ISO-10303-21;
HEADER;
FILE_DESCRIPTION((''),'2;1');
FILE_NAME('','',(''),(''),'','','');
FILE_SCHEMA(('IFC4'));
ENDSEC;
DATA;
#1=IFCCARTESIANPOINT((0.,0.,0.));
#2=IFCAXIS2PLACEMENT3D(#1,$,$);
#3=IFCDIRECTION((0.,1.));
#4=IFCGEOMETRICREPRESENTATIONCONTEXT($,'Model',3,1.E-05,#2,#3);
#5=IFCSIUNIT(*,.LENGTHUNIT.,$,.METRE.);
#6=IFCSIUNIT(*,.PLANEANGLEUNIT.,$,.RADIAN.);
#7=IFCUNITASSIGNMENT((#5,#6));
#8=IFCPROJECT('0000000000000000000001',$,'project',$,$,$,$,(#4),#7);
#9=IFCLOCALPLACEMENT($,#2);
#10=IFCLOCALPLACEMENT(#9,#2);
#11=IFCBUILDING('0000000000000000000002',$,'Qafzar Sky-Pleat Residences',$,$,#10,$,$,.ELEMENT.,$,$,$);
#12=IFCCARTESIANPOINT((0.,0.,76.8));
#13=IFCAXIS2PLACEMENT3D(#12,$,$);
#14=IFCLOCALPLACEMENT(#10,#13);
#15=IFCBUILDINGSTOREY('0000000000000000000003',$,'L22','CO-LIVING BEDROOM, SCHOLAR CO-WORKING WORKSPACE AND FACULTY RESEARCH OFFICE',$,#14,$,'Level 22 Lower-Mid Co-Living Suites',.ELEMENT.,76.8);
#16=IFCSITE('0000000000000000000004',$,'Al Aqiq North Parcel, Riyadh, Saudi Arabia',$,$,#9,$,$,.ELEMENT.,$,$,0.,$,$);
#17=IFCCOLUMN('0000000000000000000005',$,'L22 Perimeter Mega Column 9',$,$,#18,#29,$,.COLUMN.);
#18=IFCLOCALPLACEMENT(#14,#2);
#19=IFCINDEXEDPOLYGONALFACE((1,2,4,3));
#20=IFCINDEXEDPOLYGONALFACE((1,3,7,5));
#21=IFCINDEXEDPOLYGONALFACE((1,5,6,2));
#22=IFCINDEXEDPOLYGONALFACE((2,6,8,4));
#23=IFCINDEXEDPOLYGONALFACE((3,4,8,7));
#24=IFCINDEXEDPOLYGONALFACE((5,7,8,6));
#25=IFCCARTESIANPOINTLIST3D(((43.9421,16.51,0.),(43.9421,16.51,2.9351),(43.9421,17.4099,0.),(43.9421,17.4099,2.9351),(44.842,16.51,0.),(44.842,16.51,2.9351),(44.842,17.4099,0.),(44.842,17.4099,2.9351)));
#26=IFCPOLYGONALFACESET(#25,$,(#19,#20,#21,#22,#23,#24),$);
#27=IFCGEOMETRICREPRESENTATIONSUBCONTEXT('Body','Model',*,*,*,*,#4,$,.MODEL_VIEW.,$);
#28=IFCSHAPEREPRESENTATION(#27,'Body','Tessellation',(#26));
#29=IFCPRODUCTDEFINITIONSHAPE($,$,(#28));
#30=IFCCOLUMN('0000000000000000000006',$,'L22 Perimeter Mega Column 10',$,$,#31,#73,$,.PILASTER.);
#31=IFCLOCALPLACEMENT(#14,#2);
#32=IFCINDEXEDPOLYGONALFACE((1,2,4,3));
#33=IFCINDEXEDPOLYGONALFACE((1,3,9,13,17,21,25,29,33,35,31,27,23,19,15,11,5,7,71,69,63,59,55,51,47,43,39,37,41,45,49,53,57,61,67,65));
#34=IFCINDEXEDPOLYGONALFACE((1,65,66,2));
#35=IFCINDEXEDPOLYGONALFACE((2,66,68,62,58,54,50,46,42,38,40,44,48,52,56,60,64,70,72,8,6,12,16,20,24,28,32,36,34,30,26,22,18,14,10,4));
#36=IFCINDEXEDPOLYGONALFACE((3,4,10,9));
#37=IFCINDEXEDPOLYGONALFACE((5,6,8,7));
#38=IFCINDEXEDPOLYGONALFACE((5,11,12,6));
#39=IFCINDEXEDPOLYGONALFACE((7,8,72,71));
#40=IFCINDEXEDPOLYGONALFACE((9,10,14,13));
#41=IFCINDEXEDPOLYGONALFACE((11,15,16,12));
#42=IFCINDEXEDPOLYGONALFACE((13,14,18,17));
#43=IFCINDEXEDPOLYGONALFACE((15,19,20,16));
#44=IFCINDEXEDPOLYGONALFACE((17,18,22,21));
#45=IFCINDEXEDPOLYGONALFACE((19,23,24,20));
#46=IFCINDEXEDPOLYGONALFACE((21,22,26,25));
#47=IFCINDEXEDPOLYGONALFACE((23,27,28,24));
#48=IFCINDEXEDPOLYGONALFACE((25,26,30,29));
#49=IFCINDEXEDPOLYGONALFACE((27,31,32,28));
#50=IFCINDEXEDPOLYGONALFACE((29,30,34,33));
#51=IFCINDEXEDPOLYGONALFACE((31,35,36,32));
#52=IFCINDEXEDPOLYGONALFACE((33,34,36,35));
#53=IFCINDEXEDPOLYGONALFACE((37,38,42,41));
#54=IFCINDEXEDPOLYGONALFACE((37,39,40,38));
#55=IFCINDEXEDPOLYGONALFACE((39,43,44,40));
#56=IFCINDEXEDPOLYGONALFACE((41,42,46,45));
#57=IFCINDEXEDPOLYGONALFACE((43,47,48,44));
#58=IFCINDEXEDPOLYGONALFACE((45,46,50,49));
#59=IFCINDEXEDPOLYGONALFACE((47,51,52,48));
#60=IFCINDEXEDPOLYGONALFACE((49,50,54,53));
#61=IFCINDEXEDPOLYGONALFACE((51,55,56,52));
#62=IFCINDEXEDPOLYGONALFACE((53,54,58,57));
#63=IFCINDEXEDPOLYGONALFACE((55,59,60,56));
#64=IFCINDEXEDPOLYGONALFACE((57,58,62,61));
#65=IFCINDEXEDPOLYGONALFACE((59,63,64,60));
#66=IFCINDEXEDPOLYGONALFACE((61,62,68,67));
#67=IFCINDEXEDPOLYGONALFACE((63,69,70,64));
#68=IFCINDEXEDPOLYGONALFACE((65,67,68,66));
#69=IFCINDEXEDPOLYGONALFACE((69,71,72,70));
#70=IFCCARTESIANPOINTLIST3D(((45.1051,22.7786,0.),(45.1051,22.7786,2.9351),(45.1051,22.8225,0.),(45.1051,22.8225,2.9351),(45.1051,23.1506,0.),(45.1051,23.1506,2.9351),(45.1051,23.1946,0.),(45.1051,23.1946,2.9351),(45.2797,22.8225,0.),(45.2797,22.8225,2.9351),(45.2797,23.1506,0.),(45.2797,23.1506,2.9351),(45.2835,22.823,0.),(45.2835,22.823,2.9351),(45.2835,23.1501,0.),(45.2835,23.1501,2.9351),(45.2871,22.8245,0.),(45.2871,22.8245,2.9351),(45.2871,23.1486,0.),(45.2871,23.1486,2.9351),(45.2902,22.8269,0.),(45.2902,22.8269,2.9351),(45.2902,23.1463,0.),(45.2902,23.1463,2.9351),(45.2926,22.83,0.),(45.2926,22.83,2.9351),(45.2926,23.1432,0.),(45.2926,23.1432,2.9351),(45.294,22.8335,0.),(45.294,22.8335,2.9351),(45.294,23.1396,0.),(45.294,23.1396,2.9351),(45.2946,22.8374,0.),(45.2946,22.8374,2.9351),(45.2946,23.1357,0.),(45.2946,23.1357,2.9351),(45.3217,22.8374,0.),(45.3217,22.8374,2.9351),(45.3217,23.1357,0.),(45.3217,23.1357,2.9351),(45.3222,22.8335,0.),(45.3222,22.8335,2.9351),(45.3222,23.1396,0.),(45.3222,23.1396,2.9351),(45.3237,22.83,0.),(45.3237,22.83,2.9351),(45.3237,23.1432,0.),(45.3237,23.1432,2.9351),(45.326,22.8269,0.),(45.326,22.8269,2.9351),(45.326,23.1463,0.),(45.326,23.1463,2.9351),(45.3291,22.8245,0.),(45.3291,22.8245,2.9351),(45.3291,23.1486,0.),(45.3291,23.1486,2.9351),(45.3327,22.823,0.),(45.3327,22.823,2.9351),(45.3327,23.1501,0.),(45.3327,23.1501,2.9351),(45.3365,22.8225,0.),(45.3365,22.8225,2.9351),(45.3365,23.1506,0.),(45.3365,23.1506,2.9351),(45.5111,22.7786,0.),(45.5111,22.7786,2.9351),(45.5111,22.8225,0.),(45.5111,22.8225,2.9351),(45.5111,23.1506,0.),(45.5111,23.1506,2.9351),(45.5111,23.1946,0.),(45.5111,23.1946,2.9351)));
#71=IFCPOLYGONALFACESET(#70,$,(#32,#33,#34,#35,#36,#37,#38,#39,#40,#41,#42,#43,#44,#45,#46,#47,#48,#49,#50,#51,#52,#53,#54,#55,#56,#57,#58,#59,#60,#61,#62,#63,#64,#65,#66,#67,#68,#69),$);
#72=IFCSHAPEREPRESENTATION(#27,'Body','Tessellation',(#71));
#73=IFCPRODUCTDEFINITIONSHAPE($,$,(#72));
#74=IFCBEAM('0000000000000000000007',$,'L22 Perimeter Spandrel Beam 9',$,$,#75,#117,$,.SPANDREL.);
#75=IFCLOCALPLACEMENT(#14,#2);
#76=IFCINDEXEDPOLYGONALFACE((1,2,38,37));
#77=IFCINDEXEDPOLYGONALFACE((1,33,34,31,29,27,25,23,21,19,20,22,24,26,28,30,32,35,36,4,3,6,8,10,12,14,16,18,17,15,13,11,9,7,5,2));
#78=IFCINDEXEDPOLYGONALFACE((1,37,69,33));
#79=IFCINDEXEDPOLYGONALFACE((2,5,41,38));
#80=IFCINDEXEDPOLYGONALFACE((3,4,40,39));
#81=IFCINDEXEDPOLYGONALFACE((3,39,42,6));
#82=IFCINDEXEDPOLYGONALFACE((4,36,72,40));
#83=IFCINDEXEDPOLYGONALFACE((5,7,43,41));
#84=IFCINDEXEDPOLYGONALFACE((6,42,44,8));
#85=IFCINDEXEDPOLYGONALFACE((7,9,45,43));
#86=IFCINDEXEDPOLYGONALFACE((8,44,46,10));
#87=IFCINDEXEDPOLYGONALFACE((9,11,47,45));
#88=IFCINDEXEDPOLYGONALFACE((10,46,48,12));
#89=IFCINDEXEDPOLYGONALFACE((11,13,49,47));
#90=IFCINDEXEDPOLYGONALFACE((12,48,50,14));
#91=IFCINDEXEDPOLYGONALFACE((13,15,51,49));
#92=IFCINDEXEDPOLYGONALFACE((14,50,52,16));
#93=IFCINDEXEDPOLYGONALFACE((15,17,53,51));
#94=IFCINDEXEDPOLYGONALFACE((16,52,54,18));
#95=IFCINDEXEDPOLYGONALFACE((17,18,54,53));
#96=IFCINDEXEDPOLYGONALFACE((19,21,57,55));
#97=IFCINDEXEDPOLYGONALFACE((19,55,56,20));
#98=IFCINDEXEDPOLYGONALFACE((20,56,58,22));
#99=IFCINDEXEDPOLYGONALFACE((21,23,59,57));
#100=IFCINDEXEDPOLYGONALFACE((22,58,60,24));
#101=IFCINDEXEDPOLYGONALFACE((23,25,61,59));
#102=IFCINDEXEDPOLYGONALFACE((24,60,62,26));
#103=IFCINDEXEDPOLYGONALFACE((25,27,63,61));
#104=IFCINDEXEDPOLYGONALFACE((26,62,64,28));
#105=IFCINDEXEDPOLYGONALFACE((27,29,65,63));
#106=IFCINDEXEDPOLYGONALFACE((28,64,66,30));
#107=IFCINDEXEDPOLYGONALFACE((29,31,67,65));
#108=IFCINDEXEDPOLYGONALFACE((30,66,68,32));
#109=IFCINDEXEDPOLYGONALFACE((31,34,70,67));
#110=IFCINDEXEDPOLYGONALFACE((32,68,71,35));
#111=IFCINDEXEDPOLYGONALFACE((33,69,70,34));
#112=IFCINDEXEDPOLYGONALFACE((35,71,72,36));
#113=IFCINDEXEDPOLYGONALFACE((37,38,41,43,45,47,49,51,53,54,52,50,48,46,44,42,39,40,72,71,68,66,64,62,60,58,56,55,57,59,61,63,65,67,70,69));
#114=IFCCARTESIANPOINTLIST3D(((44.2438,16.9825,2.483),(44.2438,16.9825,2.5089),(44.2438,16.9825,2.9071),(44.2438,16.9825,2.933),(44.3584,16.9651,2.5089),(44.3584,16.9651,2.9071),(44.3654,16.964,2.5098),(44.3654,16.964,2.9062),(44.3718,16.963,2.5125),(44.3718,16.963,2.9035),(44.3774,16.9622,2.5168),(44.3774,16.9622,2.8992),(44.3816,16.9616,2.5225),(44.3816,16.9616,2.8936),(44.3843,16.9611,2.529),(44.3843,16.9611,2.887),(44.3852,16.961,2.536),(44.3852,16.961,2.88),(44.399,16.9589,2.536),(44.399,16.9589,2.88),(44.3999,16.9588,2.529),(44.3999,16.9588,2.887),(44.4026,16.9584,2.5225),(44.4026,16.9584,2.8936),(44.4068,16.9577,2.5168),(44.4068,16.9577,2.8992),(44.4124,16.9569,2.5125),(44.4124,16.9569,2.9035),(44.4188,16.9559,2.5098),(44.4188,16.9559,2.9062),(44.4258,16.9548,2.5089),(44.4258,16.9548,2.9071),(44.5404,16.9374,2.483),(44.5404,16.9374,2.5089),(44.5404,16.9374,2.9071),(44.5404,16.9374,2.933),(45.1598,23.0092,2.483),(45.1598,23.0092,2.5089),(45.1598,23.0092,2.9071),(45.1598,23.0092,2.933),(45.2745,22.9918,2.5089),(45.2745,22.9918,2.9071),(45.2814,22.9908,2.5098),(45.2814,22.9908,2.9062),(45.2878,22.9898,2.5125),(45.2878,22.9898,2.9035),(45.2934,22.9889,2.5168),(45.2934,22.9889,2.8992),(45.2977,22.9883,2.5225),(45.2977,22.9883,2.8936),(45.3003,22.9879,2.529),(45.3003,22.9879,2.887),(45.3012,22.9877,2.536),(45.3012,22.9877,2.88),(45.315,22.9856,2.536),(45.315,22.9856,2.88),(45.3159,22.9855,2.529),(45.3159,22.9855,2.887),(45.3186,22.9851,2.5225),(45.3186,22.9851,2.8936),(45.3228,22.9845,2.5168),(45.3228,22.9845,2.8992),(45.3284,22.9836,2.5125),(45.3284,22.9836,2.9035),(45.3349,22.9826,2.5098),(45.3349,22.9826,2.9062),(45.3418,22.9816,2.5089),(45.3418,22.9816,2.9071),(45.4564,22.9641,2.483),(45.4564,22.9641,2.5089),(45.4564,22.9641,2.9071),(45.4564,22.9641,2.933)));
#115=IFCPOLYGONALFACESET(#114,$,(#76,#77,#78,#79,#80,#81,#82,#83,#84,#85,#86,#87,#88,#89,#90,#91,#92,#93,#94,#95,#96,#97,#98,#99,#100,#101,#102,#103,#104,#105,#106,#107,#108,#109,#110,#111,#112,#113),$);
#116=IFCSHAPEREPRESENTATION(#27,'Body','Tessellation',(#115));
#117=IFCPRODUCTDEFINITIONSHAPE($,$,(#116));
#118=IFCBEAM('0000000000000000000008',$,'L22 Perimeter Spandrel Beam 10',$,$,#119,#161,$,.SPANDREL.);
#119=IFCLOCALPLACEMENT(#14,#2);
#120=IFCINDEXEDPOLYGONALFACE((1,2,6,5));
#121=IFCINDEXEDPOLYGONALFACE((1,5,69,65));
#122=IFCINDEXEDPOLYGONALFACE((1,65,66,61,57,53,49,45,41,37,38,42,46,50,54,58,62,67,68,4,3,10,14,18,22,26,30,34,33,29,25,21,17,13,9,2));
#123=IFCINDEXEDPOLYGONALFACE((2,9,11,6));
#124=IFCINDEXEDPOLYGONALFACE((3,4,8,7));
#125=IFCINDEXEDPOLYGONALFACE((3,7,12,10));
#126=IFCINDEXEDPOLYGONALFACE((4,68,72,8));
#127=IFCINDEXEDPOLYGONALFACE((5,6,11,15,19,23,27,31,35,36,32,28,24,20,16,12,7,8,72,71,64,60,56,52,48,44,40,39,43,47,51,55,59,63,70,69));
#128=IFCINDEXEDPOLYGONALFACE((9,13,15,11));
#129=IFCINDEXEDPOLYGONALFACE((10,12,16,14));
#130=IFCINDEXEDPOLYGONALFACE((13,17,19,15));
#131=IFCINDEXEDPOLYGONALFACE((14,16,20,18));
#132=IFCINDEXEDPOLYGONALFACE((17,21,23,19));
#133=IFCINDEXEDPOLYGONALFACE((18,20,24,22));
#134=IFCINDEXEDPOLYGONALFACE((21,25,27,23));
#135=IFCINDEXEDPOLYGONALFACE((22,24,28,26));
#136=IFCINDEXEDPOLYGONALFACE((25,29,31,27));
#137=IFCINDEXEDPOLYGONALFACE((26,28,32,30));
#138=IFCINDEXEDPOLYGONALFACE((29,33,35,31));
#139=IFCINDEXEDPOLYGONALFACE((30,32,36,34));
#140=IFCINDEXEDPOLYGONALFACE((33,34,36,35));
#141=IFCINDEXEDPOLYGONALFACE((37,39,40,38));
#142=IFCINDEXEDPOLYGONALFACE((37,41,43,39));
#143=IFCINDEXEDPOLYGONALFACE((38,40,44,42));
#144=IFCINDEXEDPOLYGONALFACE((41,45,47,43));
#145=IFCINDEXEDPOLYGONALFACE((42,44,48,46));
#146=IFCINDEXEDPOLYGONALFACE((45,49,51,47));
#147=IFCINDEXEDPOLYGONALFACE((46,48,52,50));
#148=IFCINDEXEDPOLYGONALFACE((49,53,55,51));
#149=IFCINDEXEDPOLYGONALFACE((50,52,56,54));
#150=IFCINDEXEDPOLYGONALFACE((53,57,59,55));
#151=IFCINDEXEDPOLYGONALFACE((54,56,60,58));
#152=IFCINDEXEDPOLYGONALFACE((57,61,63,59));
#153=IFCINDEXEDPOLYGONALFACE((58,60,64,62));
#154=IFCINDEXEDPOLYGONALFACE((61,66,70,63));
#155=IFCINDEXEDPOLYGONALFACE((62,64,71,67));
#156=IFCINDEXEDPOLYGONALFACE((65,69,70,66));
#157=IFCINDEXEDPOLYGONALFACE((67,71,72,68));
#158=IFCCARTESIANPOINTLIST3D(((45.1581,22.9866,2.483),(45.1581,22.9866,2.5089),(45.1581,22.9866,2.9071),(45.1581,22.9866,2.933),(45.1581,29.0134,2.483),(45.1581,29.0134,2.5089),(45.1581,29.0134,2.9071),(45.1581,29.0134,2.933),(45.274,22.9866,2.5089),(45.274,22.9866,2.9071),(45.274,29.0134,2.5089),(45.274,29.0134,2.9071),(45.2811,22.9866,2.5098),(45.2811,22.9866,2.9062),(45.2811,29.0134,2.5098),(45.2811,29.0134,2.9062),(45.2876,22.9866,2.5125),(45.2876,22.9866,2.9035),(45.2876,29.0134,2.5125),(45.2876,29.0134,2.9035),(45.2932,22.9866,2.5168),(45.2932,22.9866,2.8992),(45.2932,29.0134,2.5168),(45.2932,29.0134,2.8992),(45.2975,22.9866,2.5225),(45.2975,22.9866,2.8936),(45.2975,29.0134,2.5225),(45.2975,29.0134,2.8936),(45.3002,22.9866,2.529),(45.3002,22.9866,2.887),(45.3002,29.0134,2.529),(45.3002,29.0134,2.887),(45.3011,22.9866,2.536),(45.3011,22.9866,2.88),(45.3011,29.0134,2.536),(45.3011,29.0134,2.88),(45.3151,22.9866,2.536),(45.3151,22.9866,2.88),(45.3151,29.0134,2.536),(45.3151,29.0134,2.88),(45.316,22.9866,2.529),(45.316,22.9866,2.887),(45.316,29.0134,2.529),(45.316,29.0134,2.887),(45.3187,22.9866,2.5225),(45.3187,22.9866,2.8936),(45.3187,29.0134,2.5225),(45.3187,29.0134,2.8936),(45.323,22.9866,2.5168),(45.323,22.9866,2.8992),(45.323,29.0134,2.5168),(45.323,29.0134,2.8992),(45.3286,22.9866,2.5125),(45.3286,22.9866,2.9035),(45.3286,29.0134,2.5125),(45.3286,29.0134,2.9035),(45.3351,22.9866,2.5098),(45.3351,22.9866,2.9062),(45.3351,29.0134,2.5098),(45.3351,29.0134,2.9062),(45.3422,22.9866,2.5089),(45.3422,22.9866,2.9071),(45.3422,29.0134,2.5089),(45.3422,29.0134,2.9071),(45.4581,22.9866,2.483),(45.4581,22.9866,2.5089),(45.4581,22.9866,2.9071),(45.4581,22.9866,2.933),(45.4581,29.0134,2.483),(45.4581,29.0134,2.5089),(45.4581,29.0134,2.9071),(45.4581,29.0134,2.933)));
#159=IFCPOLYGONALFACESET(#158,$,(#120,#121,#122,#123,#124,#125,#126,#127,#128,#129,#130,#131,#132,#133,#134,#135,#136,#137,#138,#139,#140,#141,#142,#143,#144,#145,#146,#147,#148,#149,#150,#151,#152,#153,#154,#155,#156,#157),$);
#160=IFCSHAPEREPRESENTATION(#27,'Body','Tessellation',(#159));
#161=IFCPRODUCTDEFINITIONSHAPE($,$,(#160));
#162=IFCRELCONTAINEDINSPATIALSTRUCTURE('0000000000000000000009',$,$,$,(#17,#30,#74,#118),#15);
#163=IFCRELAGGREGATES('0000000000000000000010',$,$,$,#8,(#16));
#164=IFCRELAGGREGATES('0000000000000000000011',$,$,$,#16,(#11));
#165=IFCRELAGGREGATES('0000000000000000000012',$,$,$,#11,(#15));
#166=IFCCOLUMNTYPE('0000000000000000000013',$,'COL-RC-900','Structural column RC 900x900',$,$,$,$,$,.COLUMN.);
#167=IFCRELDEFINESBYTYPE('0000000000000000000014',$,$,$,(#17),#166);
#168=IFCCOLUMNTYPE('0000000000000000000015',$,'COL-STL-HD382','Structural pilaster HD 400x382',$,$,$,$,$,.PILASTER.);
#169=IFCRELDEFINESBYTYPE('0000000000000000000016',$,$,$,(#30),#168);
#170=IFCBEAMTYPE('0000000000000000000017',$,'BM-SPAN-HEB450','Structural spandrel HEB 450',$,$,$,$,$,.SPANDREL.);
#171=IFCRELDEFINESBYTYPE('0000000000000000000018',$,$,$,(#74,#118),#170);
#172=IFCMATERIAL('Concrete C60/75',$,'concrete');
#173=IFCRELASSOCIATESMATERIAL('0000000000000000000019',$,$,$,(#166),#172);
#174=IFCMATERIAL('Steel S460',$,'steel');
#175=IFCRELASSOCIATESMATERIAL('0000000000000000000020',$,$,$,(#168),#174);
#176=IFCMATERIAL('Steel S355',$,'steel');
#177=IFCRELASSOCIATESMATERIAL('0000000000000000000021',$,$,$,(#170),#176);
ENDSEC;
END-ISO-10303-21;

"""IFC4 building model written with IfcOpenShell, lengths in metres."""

from ifc_helpers import new_model, si_unit, direction, frame, origin, origin_2d, place, context, subcontext, project, spatial, rectangle, i_section, extrude, source, transform, mapped, material, material_profile, profile_set, type_object, element, save


model = new_model("IFC4")

# Units and contexts
model_context = context("Model", 3, precision=1e-05, world=origin(), true_north=direction((0.0, 1.0)))
body_context = subcontext(model_context, "Body", "Model", "MODEL_VIEW")
ifc_project = project(units=[si_unit("LENGTHUNIT", "METRE"), si_unit("PLANEANGLEUNIT", "RADIAN")], contexts=[model_context])

# Site, building, storey
site_placement = place(None, origin())
site = spatial("IfcSite", under=ifc_project, at=site_placement, Name="Al Aqiq North Parcel, Riyadh, Saudi Arabia", CompositionType="ELEMENT", RefElevation=0.0)
building_placement = place(site_placement, origin())
building = spatial("IfcBuilding", under=site, at=building_placement, Name="Qafzar Sky-Pleat Residences", CompositionType="ELEMENT")
storey_placement = place(building_placement, frame((0.0, 0.0, 76.8)))
storey = spatial("IfcBuildingStorey", under=building, at=storey_placement, Name="L22", Description="CO-LIVING BEDROOM, SCHOLAR CO-WORKING WORKSPACE AND FACULTY RESEARCH OFFICE", LongName="Level 22 Lower-Mid Co-Living Suites", CompositionType="ELEMENT", Elevation=76.8)

# Columns
ifc_material_1 = material(Name="Concrete C60/75", Category="concrete")
ifc_material_profile_1 = material_profile(ifc_material_1, rectangle(XDim=0.8999, YDim=0.8999, at=origin_2d()), Name="RC 900x900")
ifc_profile_set_1 = profile_set([ifc_material_profile_1], Name="Concrete C60/75")
column_type_1 = type_object("IfcColumnType", Name="COL-RC-900", Description="Structural column RC 900x900", PredefinedType="COLUMN", material=ifc_profile_set_1)
shared_shape_1 = source(origin(), body_context, "Body", "SweptSolid", [
    extrude(rectangle(XDim=0.8999, YDim=0.8999, at=origin_2d()), origin(), (0.0, 0.0, 1.0), 2.9351),
])
column_1_placement = place(storey_placement, frame((44.3921, 16.96, 0.0), z_axis=(0.0, 0.0, 1.0), x_axis=(1.0, 0.0, 0.0)))
element("IfcColumn", 1, at=column_1_placement, inside=storey, type_object=column_type_1, Name="L22 Perimeter Mega Column 9", PredefinedType="COLUMN", context=body_context, shape_type="MappedRepresentation", body=[
    mapped(shared_shape_1, transform((0.0, 0.0, 0.0), x_axis=(1.0, 0.0, 0.0), y_axis=(0.0, 1.0, 0.0), z_axis=(0.0, 0.0, 1.0), scale=1.0)),
])
ifc_material_2 = material(Name="Steel S460", Category="steel")
ifc_material_profile_2 = material_profile(ifc_material_2, i_section(OverallWidth=0.406, OverallDepth=0.416, WebThickness=0.0271, FlangeThickness=0.0439, FilletRadius=0.0149, at=origin_2d()), Name="HD 400x382")
ifc_profile_set_2 = profile_set([ifc_material_profile_2], Name="Steel S460")
column_type_2 = type_object("IfcColumnType", Name="COL-STL-HD382", Description="Structural pilaster HD 400x382", PredefinedType="PILASTER", material=ifc_profile_set_2)
shared_shape_2 = source(origin(), body_context, "Body", "SweptSolid", [
    extrude(i_section(OverallWidth=0.406, OverallDepth=0.416, WebThickness=0.0271, FlangeThickness=0.0439, FilletRadius=0.0149, at=origin_2d()), origin(), (0.0, 0.0, 1.0), 2.9351),
])
column_2_placement = place(storey_placement, frame((45.3081, 22.9866, 0.0), z_axis=(0.0, 0.0, 1.0), x_axis=(1.0, 0.0, 0.0)))
element("IfcColumn", 2, at=column_2_placement, inside=storey, type_object=column_type_2, Name="L22 Perimeter Mega Column 10", PredefinedType="PILASTER", context=body_context, shape_type="MappedRepresentation", body=[
    mapped(shared_shape_2, transform((0.0, 0.0, 0.0), x_axis=(1.0, 0.0, 0.0), y_axis=(0.0, 1.0, 0.0), z_axis=(0.0, 0.0, 1.0), scale=1.0)),
])

# Beams
ifc_material_3 = material(Name="Steel S355", Category="steel")
ifc_material_profile_3 = material_profile(ifc_material_3, i_section(OverallWidth=0.3, OverallDepth=0.45, WebThickness=0.0139, FlangeThickness=0.0259, FilletRadius=0.0271, at=origin_2d()), Name="HEB 450")
ifc_profile_set_3 = profile_set([ifc_material_profile_3], Name="Steel S355")
beam_type_1 = type_object("IfcBeamType", Name="BM-SPAN-HEB450", Description="Structural spandrel HEB 450", PredefinedType="SPANDREL", material=ifc_profile_set_3)
shared_shape_3 = source(origin(), body_context, "Body", "SweptSolid", [
    extrude(i_section(OverallWidth=0.3, OverallDepth=0.45, WebThickness=0.0139, FlangeThickness=0.0259, FilletRadius=0.0271, at=origin_2d()), origin(), (0.0, 0.0, 1.0), 6.0959),
])
beam_1_placement = place(storey_placement, frame((44.3921, 16.96, 2.708), z_axis=(0.150269, 0.988645, 0.0), x_axis=(-0.988645, 0.150269, 0.0)))
element("IfcBeam", 3, at=beam_1_placement, inside=storey, type_object=beam_type_1, Name="L22 Perimeter Spandrel Beam 9", PredefinedType="SPANDREL", context=body_context, shape_type="MappedRepresentation", body=[
    mapped(shared_shape_3, transform((0.0, 0.0, 0.0), x_axis=(1.0, 0.0, 0.0), y_axis=(0.0, 1.0, 0.0), z_axis=(0.0, 0.0, 1.0), scale=1.0)),
])
shared_shape_4 = source(origin(), body_context, "Body", "SweptSolid", [
    extrude(i_section(OverallWidth=0.3, OverallDepth=0.45, WebThickness=0.0139, FlangeThickness=0.0259, FilletRadius=0.0271, at=origin_2d()), origin(), (0.0, 0.0, 1.0), 6.0269),
])
beam_2_placement = place(storey_placement, frame((45.3081, 22.9866, 2.708), z_axis=(0.0, 1.0, 0.0), x_axis=(-1.0, 0.0, 0.0)))
element("IfcBeam", 4, at=beam_2_placement, inside=storey, type_object=beam_type_1, Name="L22 Perimeter Spandrel Beam 10", PredefinedType="SPANDREL", context=body_context, shape_type="MappedRepresentation", body=[
    mapped(shared_shape_4, transform((0.0, 0.0, 0.0), x_axis=(1.0, 0.0, 0.0), y_axis=(0.0, 1.0, 0.0), z_axis=(0.0, 0.0, 1.0), scale=1.0)),
])

save(model, "model.ifc")
